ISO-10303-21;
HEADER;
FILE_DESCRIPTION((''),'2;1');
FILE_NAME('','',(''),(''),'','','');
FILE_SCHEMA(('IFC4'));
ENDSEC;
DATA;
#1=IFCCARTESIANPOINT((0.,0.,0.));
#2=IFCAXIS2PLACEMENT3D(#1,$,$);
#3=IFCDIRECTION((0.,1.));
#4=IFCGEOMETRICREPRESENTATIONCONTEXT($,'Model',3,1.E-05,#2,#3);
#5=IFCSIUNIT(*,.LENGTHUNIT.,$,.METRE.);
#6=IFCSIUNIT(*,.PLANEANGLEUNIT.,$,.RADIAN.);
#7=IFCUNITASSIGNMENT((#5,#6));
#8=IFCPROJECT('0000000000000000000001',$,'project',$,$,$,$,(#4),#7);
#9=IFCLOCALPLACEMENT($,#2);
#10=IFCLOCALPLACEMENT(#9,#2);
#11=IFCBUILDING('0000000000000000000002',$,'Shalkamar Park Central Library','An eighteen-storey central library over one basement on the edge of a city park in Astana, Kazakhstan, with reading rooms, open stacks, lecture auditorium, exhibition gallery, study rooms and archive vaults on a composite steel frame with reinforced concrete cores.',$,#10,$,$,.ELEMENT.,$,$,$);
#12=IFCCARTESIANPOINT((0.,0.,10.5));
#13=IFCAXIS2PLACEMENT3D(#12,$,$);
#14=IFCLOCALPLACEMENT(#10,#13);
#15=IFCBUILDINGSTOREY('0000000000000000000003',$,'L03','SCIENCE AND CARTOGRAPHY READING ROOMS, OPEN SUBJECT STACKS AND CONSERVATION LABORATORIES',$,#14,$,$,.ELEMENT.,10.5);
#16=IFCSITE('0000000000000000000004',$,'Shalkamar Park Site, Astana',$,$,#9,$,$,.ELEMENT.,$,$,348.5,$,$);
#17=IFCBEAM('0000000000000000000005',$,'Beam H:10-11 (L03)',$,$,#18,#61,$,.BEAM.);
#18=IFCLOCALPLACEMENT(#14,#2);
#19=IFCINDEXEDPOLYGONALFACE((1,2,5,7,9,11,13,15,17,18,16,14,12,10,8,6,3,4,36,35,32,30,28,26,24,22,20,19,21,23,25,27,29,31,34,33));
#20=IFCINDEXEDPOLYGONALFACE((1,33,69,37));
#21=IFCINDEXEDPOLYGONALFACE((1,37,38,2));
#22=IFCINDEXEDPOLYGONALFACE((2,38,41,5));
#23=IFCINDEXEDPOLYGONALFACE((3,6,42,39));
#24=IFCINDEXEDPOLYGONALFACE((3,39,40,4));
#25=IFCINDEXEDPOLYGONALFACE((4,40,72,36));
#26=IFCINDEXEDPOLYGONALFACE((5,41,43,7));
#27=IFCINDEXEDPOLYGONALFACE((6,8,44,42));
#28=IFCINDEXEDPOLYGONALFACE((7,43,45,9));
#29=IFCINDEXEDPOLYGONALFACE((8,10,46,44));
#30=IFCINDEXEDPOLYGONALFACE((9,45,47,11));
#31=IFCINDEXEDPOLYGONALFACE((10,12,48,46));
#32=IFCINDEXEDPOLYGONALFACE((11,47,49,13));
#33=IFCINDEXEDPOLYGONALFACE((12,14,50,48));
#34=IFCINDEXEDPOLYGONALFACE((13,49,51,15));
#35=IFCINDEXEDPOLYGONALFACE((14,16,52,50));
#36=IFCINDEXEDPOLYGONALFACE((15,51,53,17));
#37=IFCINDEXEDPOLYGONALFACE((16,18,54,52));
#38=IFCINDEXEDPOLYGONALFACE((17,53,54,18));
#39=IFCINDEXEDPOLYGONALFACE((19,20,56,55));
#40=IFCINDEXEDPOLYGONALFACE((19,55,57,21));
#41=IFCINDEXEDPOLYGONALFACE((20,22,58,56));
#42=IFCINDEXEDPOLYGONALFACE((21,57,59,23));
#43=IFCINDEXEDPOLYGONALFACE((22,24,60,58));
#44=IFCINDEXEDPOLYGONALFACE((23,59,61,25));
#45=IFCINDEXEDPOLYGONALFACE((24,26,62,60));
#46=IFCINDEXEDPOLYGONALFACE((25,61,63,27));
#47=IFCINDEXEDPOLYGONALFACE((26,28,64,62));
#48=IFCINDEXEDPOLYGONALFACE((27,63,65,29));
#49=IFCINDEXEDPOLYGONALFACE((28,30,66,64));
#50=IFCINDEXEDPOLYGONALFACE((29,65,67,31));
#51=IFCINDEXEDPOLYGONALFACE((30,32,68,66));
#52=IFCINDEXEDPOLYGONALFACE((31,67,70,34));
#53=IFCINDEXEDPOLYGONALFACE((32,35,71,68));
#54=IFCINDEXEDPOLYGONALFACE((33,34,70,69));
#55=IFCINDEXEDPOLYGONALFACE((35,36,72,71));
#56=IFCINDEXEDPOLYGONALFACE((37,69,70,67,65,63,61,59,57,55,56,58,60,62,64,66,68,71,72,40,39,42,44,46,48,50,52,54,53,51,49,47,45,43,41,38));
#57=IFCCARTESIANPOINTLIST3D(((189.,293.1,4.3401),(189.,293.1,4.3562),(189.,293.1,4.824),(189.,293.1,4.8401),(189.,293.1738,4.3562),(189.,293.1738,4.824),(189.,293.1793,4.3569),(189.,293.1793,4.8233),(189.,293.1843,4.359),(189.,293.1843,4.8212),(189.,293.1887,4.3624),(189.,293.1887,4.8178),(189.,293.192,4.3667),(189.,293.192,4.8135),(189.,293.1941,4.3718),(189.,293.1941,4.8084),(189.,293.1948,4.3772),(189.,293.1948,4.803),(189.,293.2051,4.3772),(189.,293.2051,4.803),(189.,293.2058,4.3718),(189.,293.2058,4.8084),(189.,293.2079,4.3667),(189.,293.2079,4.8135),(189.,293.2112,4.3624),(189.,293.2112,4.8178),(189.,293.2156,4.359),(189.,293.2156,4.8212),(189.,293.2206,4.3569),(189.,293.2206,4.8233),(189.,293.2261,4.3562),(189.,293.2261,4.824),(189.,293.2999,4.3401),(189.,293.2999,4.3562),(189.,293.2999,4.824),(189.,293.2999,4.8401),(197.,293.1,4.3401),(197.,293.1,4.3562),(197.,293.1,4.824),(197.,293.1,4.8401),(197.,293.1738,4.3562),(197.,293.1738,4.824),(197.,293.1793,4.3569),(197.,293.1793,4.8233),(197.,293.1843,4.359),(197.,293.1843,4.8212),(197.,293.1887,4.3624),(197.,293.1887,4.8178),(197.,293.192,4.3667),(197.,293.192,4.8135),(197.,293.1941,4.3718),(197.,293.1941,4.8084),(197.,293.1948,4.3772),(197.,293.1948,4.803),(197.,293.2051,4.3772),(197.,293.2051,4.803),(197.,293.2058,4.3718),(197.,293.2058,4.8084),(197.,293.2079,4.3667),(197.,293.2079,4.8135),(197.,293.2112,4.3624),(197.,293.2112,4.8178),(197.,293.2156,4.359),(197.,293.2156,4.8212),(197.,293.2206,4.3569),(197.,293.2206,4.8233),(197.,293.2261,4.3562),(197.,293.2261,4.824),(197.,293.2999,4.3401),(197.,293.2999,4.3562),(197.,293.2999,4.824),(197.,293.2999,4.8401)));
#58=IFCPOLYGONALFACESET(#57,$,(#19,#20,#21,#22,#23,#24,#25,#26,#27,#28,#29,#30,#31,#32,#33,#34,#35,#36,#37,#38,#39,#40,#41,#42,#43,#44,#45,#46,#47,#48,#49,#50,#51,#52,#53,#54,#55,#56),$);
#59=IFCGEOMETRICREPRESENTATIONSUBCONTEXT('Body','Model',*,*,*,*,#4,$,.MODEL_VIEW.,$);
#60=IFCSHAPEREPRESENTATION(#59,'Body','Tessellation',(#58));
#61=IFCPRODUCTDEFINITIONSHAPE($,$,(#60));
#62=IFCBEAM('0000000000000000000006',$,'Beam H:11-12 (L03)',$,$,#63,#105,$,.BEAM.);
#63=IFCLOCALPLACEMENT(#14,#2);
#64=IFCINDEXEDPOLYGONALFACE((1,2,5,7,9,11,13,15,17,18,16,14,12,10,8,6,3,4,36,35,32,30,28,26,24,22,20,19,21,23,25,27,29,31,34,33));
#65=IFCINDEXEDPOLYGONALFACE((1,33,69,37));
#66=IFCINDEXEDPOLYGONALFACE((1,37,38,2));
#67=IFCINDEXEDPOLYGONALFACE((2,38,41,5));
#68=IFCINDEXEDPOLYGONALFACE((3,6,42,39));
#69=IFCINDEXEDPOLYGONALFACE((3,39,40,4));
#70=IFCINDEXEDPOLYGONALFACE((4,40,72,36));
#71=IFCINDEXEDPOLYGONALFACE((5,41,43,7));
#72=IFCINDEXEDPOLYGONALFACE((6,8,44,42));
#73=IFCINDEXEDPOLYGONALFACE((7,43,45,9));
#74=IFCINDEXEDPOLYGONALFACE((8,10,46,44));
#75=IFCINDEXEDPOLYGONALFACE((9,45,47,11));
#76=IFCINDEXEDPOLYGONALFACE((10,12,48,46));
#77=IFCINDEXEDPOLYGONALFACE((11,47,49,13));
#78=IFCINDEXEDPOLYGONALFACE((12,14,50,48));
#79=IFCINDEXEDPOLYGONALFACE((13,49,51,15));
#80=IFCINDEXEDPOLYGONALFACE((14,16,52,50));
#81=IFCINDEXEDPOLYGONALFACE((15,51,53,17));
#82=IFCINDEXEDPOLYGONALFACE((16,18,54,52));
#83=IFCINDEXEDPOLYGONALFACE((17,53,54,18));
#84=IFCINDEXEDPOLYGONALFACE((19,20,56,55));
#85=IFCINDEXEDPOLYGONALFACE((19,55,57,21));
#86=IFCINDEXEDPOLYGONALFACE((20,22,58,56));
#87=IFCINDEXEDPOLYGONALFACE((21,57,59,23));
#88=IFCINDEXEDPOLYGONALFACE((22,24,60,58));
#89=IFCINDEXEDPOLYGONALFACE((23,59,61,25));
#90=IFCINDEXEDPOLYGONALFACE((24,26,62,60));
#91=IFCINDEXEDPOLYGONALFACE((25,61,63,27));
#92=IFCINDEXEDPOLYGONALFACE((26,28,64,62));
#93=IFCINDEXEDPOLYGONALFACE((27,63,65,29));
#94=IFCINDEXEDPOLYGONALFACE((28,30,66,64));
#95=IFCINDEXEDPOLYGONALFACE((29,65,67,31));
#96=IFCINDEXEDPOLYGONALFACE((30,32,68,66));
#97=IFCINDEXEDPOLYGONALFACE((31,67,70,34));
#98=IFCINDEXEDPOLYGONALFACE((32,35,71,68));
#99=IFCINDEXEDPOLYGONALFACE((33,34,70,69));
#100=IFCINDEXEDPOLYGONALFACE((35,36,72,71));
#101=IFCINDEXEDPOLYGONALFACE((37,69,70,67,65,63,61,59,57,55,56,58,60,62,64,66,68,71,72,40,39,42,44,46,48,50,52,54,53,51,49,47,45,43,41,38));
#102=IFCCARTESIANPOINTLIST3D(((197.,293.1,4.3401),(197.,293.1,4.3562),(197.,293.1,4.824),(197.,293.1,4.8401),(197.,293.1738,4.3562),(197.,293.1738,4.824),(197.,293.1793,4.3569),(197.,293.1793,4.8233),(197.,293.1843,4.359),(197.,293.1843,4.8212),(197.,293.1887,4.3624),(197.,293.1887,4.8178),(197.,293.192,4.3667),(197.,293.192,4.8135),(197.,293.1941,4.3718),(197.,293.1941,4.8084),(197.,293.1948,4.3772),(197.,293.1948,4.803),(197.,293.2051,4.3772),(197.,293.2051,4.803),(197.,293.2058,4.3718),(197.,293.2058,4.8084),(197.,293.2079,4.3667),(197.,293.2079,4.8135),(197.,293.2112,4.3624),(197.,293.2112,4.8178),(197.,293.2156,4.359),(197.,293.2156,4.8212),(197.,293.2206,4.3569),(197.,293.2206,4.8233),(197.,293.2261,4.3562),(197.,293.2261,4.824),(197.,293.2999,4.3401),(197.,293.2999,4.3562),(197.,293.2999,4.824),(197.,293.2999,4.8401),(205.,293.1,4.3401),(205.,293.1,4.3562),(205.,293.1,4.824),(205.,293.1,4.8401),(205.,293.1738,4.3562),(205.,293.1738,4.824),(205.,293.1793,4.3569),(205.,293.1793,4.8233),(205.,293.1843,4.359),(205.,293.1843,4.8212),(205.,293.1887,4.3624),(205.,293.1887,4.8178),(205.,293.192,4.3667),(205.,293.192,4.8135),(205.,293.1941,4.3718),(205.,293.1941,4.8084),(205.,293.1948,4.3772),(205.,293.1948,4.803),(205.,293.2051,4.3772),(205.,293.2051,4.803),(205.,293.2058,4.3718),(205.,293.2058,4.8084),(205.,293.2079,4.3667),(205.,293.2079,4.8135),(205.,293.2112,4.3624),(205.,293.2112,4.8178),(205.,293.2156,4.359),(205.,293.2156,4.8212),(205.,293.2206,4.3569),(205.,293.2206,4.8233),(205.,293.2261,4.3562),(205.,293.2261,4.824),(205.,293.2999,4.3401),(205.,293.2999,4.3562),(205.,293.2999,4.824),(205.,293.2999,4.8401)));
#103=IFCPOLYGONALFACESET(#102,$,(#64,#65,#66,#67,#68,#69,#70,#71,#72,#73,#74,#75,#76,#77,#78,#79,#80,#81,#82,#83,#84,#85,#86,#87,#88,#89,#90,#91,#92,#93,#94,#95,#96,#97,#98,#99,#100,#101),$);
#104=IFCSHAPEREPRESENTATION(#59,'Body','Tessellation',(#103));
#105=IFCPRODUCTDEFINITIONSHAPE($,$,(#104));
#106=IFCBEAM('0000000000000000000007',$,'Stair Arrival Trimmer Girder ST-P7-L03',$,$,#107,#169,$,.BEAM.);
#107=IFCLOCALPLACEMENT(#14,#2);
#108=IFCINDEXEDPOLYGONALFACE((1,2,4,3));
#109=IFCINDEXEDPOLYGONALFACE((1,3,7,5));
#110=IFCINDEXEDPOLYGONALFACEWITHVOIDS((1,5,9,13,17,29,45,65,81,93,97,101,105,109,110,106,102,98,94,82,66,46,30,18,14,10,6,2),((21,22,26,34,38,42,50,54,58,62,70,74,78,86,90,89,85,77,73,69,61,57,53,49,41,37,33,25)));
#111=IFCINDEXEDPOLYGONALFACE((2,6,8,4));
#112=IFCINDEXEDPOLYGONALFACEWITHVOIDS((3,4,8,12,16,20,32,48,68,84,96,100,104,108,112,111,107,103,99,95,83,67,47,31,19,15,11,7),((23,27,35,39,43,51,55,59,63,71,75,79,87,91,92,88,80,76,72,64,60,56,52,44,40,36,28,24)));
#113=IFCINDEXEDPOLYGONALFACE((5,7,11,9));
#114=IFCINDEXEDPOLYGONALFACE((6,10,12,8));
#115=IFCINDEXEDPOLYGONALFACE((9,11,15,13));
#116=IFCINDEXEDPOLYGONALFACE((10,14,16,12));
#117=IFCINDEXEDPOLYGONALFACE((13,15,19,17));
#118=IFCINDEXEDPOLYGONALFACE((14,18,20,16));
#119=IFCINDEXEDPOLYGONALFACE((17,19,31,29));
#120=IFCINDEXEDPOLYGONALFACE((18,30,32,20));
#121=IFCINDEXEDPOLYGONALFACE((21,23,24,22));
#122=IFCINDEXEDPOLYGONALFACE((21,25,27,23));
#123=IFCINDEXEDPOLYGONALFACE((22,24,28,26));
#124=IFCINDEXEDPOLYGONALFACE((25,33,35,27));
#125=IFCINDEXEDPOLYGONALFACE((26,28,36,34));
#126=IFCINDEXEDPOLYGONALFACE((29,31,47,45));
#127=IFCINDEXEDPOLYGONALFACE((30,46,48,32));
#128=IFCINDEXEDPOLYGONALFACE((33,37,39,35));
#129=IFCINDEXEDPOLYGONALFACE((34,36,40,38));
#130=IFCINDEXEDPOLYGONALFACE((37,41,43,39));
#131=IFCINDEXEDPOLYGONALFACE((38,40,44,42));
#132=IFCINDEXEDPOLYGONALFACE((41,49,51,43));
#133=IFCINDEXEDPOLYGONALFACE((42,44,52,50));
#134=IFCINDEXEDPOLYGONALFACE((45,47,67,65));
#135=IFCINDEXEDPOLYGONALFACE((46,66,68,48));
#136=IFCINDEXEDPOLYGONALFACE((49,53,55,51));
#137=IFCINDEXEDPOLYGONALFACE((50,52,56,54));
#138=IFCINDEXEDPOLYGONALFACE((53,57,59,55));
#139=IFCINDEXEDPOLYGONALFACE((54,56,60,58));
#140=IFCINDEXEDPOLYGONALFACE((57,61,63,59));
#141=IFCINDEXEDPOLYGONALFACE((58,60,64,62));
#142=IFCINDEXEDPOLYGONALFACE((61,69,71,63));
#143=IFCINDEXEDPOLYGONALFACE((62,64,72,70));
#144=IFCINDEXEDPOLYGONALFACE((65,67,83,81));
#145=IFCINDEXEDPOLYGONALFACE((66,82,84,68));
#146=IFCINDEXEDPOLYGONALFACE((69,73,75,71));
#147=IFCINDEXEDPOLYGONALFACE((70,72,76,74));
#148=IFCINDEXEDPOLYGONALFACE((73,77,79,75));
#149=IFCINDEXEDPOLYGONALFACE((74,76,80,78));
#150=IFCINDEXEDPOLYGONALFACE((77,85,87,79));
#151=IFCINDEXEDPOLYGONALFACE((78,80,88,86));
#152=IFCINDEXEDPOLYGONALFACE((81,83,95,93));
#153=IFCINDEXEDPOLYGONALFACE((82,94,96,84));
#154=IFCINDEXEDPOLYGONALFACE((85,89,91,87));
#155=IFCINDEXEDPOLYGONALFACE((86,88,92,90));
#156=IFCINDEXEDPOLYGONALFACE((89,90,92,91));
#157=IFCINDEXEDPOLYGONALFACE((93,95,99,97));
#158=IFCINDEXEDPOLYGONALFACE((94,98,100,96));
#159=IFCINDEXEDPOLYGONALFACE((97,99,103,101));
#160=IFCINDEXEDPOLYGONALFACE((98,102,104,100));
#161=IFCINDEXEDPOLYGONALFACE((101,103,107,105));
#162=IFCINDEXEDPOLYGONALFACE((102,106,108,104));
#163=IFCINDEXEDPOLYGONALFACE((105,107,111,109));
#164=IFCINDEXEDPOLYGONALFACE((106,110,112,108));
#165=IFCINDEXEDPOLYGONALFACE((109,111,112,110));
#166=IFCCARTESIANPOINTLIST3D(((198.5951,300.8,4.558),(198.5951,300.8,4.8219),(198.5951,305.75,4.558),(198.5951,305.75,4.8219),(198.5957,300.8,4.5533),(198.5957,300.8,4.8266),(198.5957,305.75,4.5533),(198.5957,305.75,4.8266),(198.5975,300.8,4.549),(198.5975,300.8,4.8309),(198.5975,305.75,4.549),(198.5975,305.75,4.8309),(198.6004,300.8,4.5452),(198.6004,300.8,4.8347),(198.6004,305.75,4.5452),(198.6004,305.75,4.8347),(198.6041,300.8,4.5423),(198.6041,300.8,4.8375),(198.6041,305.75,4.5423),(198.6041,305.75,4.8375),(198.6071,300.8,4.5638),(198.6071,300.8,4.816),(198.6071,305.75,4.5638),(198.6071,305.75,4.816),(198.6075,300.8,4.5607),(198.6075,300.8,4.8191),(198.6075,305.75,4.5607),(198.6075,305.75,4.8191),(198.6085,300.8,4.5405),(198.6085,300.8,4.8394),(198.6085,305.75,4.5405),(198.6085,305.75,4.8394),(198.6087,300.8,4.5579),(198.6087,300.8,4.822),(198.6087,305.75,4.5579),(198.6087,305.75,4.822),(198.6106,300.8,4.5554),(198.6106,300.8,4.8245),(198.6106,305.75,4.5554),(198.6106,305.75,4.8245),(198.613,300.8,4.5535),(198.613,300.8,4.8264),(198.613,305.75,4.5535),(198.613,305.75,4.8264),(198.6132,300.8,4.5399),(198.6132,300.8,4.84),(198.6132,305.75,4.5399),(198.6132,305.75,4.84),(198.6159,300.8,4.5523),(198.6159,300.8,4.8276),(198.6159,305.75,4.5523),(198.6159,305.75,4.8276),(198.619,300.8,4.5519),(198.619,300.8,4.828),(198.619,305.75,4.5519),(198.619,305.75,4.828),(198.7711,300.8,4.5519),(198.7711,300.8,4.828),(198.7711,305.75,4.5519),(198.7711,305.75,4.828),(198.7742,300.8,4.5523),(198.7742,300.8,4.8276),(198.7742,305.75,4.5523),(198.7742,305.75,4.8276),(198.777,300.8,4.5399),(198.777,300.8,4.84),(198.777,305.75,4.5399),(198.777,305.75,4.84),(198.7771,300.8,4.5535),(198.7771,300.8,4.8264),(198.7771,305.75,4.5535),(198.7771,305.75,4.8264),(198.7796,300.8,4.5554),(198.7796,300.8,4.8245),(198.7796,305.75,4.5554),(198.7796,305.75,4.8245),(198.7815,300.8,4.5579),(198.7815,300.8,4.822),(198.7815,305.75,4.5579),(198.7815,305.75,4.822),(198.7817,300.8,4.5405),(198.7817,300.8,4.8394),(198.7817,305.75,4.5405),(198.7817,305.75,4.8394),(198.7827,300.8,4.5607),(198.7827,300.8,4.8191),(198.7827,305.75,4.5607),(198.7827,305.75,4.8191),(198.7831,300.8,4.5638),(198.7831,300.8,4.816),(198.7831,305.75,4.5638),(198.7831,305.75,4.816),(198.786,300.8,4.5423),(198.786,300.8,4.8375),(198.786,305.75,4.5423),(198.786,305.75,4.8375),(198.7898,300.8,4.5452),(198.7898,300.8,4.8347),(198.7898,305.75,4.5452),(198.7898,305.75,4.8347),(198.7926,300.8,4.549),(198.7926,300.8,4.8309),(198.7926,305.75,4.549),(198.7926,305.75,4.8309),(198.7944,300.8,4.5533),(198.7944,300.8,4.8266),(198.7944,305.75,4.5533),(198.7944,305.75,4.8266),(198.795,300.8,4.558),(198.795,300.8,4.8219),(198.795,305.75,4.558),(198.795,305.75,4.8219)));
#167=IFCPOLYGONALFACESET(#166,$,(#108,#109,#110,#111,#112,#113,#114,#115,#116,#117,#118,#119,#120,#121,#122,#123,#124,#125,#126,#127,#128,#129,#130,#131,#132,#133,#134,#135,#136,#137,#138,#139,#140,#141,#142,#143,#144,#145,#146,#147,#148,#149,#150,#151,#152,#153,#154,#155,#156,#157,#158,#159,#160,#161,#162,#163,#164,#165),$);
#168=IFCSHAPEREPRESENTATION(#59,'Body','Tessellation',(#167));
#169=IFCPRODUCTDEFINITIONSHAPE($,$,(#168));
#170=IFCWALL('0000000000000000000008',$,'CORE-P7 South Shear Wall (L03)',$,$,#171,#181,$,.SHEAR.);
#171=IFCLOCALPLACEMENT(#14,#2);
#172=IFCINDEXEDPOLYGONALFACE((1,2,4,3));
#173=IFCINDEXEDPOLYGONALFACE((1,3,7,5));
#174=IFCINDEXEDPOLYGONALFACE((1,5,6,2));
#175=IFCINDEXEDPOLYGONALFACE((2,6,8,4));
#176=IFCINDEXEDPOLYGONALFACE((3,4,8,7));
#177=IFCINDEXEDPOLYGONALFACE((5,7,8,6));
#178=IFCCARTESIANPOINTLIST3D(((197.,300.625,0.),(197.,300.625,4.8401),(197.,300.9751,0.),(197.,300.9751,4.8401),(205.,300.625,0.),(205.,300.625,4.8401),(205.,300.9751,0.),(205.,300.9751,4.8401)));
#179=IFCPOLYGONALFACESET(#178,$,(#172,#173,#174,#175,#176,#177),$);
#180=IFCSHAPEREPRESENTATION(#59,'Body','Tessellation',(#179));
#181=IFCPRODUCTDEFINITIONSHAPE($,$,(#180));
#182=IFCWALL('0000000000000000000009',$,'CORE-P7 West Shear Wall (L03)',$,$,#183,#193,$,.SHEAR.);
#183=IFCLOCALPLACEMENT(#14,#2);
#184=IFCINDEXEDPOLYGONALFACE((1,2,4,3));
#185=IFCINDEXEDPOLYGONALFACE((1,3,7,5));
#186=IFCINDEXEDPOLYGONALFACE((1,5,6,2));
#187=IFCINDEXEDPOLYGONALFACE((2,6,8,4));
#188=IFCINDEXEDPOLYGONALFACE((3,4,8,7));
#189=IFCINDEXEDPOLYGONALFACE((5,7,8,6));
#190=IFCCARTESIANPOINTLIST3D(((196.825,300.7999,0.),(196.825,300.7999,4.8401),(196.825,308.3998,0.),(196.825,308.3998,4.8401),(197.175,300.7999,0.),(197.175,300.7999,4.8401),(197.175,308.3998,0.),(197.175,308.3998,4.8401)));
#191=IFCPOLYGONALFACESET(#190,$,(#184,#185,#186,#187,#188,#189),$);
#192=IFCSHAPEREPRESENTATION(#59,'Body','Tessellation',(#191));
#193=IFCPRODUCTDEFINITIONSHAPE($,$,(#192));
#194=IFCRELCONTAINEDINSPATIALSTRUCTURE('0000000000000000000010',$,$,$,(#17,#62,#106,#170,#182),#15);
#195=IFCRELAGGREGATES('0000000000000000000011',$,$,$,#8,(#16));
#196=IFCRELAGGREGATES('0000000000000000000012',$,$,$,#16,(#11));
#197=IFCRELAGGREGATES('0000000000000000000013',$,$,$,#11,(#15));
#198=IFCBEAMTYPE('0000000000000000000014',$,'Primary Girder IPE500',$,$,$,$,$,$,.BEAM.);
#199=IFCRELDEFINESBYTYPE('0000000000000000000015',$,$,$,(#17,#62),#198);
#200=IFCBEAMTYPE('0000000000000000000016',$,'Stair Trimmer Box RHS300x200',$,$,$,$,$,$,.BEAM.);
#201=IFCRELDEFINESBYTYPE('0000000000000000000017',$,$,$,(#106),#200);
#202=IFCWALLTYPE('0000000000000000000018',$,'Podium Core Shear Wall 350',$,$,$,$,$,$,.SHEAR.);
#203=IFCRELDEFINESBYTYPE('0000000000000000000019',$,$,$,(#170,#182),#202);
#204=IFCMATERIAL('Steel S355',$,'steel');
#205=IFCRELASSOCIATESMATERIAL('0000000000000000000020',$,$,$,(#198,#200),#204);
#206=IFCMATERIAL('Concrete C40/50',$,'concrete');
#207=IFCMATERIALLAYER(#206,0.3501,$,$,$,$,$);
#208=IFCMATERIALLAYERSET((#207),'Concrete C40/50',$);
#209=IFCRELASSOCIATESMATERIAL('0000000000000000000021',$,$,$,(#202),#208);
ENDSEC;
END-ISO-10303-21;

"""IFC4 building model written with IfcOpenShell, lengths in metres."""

from ifc_helpers import new_model, si_unit, direction, frame, frame_2d, origin, origin_2d, place, context, subcontext, project, spatial, rectangle, hollow_rectangle, i_section, extrude, material, layer, layer_set, material_profile, profile_set, type_object, element, save


model = new_model("IFC4")

# Units and contexts
model_context = context("Model", 3, precision=1e-05, world=origin(), true_north=direction((0.0, 1.0)))
body_context = subcontext(model_context, "Body", "Model", "MODEL_VIEW")
ifc_project = project(units=[si_unit("LENGTHUNIT", "METRE"), si_unit("PLANEANGLEUNIT", "RADIAN")], contexts=[model_context])

# Site, building, storey
site_placement = place(None, origin())
site = spatial("IfcSite", under=ifc_project, at=site_placement, Name="Shalkamar Park Site, Astana", CompositionType="ELEMENT", RefElevation=348.5)
building_placement = place(site_placement, origin())
building = spatial("IfcBuilding", under=site, at=building_placement, Name="Shalkamar Park Central Library", Description="An eighteen-storey central library over one basement on the edge of a city park in Astana, Kazakhstan, with reading rooms, open stacks, lecture auditorium, exhibition gallery, study rooms and archive vaults on a composite steel frame with reinforced concrete cores.", CompositionType="ELEMENT")
storey_placement = place(building_placement, frame((0.0, 0.0, 10.5)))
storey = spatial("IfcBuildingStorey", under=building, at=storey_placement, Name="L03", Description="SCIENCE AND CARTOGRAPHY READING ROOMS, OPEN SUBJECT STACKS AND CONSERVATION LABORATORIES", CompositionType="ELEMENT", Elevation=10.5)

# Shared definitions
ifc_material_1 = material(Name="Steel S355", Category="steel")

# Beams
ifc_material_profile_1 = material_profile(ifc_material_1, i_section(OverallWidth=0.2, OverallDepth=0.5, WebThickness=0.0103, FlangeThickness=0.0161, FilletRadius=0.021, at=origin_2d()), Name="IPE 500")
ifc_profile_set_1 = profile_set([ifc_material_profile_1], Name="Steel S355")
beam_type_1 = type_object("IfcBeamType", Name="Primary Girder IPE500", PredefinedType="BEAM", material=ifc_profile_set_1)
for number, where, z_axis, x_axis, name in (
    (1, (189.0, 293.2, 4.5901), (1.0, 0.0, 0.0), (0.0, 1.0, 0.0), "Beam H:10-11 (L03)"),
    (2, (197.0, 293.2, 4.5901), (1.0, 0.0, 0.0), (0.0, 1.0, 0.0), "Beam H:11-12 (L03)"),
):
    element("IfcBeam", number, at=place(storey_placement, frame(where, z_axis=z_axis, x_axis=x_axis)), inside=storey, type_object=beam_type_1, Name=name, PredefinedType="BEAM", context=body_context, shape_type="SweptSolid", body=[
        extrude(i_section(OverallWidth=0.2, OverallDepth=0.5, WebThickness=0.0103, FlangeThickness=0.0161, FilletRadius=0.021, at=origin_2d()), origin(), (0.0, 0.0, 1.0), 8.0),
    ])
ifc_material_profile_2 = material_profile(ifc_material_1, hollow_rectangle(XDim=0.2, YDim=0.3, WallThickness=0.012, InnerFilletRadius=0.012, OuterFilletRadius=0.0181, at=origin_2d()), Name="RHS 300x200x12")
ifc_profile_set_2 = profile_set([ifc_material_profile_2], Name="Steel S355")
beam_type_2 = type_object("IfcBeamType", Name="Stair Trimmer Box RHS300x200", PredefinedType="BEAM", material=ifc_profile_set_2)
beam_1_placement = place(storey_placement, frame((198.6951, 300.8, 4.6899), z_axis=(0.0, 1.0, 0.0), x_axis=(-1.0, 0.0, 0.0)))
element("IfcBeam", 3, at=beam_1_placement, inside=storey, type_object=beam_type_2, Name="Stair Arrival Trimmer Girder ST-P7-L03", PredefinedType="BEAM", context=body_context, shape_type="SweptSolid", body=[
    extrude(hollow_rectangle(XDim=0.2, YDim=0.3, WallThickness=0.012, InnerFilletRadius=0.012, OuterFilletRadius=0.0181, at=origin_2d()), origin(), (0.0, 0.0, 1.0), 4.95),
])

# Walls
ifc_material_2 = material(Name="Concrete C40/50", Category="concrete")
ifc_layer = layer(ifc_material_2, 0.3501)
ifc_layer_set = layer_set([ifc_layer], Name="Concrete C40/50")
wall_type = type_object("IfcWallType", Name="Podium Core Shear Wall 350", PredefinedType="SHEAR", material=ifc_layer_set)
wall_1_placement = place(storey_placement, frame((197.0, 300.8, 0.0), z_axis=(0.0, 0.0, 1.0), x_axis=(1.0, 0.0, 0.0)))
element("IfcWall", 4, at=wall_1_placement, inside=storey, type_object=wall_type, Name="CORE-P7 South Shear Wall (L03)", PredefinedType="SHEAR", context=body_context, shape_type="SweptSolid", body=[
    extrude(rectangle(XDim=8.0, YDim=0.3501, at=frame_2d((4.0, 0.0))), origin(), (0.0, 0.0, 1.0), 4.8401),
])
wall_2_placement = place(storey_placement, frame((197.0, 300.8, 0.0), z_axis=(0.0, 0.0, 1.0), x_axis=(0.0, 1.0, 0.0)))
element("IfcWall", 5, at=wall_2_placement, inside=storey, type_object=wall_type, Name="CORE-P7 West Shear Wall (L03)", PredefinedType="SHEAR", context=body_context, shape_type="SweptSolid", body=[
    extrude(rectangle(XDim=7.5999, YDim=0.3501, at=frame_2d((3.7998, 0.0))), origin(), (0.0, 0.0, 1.0), 4.8401),
])

save(model, "model.ifc")
